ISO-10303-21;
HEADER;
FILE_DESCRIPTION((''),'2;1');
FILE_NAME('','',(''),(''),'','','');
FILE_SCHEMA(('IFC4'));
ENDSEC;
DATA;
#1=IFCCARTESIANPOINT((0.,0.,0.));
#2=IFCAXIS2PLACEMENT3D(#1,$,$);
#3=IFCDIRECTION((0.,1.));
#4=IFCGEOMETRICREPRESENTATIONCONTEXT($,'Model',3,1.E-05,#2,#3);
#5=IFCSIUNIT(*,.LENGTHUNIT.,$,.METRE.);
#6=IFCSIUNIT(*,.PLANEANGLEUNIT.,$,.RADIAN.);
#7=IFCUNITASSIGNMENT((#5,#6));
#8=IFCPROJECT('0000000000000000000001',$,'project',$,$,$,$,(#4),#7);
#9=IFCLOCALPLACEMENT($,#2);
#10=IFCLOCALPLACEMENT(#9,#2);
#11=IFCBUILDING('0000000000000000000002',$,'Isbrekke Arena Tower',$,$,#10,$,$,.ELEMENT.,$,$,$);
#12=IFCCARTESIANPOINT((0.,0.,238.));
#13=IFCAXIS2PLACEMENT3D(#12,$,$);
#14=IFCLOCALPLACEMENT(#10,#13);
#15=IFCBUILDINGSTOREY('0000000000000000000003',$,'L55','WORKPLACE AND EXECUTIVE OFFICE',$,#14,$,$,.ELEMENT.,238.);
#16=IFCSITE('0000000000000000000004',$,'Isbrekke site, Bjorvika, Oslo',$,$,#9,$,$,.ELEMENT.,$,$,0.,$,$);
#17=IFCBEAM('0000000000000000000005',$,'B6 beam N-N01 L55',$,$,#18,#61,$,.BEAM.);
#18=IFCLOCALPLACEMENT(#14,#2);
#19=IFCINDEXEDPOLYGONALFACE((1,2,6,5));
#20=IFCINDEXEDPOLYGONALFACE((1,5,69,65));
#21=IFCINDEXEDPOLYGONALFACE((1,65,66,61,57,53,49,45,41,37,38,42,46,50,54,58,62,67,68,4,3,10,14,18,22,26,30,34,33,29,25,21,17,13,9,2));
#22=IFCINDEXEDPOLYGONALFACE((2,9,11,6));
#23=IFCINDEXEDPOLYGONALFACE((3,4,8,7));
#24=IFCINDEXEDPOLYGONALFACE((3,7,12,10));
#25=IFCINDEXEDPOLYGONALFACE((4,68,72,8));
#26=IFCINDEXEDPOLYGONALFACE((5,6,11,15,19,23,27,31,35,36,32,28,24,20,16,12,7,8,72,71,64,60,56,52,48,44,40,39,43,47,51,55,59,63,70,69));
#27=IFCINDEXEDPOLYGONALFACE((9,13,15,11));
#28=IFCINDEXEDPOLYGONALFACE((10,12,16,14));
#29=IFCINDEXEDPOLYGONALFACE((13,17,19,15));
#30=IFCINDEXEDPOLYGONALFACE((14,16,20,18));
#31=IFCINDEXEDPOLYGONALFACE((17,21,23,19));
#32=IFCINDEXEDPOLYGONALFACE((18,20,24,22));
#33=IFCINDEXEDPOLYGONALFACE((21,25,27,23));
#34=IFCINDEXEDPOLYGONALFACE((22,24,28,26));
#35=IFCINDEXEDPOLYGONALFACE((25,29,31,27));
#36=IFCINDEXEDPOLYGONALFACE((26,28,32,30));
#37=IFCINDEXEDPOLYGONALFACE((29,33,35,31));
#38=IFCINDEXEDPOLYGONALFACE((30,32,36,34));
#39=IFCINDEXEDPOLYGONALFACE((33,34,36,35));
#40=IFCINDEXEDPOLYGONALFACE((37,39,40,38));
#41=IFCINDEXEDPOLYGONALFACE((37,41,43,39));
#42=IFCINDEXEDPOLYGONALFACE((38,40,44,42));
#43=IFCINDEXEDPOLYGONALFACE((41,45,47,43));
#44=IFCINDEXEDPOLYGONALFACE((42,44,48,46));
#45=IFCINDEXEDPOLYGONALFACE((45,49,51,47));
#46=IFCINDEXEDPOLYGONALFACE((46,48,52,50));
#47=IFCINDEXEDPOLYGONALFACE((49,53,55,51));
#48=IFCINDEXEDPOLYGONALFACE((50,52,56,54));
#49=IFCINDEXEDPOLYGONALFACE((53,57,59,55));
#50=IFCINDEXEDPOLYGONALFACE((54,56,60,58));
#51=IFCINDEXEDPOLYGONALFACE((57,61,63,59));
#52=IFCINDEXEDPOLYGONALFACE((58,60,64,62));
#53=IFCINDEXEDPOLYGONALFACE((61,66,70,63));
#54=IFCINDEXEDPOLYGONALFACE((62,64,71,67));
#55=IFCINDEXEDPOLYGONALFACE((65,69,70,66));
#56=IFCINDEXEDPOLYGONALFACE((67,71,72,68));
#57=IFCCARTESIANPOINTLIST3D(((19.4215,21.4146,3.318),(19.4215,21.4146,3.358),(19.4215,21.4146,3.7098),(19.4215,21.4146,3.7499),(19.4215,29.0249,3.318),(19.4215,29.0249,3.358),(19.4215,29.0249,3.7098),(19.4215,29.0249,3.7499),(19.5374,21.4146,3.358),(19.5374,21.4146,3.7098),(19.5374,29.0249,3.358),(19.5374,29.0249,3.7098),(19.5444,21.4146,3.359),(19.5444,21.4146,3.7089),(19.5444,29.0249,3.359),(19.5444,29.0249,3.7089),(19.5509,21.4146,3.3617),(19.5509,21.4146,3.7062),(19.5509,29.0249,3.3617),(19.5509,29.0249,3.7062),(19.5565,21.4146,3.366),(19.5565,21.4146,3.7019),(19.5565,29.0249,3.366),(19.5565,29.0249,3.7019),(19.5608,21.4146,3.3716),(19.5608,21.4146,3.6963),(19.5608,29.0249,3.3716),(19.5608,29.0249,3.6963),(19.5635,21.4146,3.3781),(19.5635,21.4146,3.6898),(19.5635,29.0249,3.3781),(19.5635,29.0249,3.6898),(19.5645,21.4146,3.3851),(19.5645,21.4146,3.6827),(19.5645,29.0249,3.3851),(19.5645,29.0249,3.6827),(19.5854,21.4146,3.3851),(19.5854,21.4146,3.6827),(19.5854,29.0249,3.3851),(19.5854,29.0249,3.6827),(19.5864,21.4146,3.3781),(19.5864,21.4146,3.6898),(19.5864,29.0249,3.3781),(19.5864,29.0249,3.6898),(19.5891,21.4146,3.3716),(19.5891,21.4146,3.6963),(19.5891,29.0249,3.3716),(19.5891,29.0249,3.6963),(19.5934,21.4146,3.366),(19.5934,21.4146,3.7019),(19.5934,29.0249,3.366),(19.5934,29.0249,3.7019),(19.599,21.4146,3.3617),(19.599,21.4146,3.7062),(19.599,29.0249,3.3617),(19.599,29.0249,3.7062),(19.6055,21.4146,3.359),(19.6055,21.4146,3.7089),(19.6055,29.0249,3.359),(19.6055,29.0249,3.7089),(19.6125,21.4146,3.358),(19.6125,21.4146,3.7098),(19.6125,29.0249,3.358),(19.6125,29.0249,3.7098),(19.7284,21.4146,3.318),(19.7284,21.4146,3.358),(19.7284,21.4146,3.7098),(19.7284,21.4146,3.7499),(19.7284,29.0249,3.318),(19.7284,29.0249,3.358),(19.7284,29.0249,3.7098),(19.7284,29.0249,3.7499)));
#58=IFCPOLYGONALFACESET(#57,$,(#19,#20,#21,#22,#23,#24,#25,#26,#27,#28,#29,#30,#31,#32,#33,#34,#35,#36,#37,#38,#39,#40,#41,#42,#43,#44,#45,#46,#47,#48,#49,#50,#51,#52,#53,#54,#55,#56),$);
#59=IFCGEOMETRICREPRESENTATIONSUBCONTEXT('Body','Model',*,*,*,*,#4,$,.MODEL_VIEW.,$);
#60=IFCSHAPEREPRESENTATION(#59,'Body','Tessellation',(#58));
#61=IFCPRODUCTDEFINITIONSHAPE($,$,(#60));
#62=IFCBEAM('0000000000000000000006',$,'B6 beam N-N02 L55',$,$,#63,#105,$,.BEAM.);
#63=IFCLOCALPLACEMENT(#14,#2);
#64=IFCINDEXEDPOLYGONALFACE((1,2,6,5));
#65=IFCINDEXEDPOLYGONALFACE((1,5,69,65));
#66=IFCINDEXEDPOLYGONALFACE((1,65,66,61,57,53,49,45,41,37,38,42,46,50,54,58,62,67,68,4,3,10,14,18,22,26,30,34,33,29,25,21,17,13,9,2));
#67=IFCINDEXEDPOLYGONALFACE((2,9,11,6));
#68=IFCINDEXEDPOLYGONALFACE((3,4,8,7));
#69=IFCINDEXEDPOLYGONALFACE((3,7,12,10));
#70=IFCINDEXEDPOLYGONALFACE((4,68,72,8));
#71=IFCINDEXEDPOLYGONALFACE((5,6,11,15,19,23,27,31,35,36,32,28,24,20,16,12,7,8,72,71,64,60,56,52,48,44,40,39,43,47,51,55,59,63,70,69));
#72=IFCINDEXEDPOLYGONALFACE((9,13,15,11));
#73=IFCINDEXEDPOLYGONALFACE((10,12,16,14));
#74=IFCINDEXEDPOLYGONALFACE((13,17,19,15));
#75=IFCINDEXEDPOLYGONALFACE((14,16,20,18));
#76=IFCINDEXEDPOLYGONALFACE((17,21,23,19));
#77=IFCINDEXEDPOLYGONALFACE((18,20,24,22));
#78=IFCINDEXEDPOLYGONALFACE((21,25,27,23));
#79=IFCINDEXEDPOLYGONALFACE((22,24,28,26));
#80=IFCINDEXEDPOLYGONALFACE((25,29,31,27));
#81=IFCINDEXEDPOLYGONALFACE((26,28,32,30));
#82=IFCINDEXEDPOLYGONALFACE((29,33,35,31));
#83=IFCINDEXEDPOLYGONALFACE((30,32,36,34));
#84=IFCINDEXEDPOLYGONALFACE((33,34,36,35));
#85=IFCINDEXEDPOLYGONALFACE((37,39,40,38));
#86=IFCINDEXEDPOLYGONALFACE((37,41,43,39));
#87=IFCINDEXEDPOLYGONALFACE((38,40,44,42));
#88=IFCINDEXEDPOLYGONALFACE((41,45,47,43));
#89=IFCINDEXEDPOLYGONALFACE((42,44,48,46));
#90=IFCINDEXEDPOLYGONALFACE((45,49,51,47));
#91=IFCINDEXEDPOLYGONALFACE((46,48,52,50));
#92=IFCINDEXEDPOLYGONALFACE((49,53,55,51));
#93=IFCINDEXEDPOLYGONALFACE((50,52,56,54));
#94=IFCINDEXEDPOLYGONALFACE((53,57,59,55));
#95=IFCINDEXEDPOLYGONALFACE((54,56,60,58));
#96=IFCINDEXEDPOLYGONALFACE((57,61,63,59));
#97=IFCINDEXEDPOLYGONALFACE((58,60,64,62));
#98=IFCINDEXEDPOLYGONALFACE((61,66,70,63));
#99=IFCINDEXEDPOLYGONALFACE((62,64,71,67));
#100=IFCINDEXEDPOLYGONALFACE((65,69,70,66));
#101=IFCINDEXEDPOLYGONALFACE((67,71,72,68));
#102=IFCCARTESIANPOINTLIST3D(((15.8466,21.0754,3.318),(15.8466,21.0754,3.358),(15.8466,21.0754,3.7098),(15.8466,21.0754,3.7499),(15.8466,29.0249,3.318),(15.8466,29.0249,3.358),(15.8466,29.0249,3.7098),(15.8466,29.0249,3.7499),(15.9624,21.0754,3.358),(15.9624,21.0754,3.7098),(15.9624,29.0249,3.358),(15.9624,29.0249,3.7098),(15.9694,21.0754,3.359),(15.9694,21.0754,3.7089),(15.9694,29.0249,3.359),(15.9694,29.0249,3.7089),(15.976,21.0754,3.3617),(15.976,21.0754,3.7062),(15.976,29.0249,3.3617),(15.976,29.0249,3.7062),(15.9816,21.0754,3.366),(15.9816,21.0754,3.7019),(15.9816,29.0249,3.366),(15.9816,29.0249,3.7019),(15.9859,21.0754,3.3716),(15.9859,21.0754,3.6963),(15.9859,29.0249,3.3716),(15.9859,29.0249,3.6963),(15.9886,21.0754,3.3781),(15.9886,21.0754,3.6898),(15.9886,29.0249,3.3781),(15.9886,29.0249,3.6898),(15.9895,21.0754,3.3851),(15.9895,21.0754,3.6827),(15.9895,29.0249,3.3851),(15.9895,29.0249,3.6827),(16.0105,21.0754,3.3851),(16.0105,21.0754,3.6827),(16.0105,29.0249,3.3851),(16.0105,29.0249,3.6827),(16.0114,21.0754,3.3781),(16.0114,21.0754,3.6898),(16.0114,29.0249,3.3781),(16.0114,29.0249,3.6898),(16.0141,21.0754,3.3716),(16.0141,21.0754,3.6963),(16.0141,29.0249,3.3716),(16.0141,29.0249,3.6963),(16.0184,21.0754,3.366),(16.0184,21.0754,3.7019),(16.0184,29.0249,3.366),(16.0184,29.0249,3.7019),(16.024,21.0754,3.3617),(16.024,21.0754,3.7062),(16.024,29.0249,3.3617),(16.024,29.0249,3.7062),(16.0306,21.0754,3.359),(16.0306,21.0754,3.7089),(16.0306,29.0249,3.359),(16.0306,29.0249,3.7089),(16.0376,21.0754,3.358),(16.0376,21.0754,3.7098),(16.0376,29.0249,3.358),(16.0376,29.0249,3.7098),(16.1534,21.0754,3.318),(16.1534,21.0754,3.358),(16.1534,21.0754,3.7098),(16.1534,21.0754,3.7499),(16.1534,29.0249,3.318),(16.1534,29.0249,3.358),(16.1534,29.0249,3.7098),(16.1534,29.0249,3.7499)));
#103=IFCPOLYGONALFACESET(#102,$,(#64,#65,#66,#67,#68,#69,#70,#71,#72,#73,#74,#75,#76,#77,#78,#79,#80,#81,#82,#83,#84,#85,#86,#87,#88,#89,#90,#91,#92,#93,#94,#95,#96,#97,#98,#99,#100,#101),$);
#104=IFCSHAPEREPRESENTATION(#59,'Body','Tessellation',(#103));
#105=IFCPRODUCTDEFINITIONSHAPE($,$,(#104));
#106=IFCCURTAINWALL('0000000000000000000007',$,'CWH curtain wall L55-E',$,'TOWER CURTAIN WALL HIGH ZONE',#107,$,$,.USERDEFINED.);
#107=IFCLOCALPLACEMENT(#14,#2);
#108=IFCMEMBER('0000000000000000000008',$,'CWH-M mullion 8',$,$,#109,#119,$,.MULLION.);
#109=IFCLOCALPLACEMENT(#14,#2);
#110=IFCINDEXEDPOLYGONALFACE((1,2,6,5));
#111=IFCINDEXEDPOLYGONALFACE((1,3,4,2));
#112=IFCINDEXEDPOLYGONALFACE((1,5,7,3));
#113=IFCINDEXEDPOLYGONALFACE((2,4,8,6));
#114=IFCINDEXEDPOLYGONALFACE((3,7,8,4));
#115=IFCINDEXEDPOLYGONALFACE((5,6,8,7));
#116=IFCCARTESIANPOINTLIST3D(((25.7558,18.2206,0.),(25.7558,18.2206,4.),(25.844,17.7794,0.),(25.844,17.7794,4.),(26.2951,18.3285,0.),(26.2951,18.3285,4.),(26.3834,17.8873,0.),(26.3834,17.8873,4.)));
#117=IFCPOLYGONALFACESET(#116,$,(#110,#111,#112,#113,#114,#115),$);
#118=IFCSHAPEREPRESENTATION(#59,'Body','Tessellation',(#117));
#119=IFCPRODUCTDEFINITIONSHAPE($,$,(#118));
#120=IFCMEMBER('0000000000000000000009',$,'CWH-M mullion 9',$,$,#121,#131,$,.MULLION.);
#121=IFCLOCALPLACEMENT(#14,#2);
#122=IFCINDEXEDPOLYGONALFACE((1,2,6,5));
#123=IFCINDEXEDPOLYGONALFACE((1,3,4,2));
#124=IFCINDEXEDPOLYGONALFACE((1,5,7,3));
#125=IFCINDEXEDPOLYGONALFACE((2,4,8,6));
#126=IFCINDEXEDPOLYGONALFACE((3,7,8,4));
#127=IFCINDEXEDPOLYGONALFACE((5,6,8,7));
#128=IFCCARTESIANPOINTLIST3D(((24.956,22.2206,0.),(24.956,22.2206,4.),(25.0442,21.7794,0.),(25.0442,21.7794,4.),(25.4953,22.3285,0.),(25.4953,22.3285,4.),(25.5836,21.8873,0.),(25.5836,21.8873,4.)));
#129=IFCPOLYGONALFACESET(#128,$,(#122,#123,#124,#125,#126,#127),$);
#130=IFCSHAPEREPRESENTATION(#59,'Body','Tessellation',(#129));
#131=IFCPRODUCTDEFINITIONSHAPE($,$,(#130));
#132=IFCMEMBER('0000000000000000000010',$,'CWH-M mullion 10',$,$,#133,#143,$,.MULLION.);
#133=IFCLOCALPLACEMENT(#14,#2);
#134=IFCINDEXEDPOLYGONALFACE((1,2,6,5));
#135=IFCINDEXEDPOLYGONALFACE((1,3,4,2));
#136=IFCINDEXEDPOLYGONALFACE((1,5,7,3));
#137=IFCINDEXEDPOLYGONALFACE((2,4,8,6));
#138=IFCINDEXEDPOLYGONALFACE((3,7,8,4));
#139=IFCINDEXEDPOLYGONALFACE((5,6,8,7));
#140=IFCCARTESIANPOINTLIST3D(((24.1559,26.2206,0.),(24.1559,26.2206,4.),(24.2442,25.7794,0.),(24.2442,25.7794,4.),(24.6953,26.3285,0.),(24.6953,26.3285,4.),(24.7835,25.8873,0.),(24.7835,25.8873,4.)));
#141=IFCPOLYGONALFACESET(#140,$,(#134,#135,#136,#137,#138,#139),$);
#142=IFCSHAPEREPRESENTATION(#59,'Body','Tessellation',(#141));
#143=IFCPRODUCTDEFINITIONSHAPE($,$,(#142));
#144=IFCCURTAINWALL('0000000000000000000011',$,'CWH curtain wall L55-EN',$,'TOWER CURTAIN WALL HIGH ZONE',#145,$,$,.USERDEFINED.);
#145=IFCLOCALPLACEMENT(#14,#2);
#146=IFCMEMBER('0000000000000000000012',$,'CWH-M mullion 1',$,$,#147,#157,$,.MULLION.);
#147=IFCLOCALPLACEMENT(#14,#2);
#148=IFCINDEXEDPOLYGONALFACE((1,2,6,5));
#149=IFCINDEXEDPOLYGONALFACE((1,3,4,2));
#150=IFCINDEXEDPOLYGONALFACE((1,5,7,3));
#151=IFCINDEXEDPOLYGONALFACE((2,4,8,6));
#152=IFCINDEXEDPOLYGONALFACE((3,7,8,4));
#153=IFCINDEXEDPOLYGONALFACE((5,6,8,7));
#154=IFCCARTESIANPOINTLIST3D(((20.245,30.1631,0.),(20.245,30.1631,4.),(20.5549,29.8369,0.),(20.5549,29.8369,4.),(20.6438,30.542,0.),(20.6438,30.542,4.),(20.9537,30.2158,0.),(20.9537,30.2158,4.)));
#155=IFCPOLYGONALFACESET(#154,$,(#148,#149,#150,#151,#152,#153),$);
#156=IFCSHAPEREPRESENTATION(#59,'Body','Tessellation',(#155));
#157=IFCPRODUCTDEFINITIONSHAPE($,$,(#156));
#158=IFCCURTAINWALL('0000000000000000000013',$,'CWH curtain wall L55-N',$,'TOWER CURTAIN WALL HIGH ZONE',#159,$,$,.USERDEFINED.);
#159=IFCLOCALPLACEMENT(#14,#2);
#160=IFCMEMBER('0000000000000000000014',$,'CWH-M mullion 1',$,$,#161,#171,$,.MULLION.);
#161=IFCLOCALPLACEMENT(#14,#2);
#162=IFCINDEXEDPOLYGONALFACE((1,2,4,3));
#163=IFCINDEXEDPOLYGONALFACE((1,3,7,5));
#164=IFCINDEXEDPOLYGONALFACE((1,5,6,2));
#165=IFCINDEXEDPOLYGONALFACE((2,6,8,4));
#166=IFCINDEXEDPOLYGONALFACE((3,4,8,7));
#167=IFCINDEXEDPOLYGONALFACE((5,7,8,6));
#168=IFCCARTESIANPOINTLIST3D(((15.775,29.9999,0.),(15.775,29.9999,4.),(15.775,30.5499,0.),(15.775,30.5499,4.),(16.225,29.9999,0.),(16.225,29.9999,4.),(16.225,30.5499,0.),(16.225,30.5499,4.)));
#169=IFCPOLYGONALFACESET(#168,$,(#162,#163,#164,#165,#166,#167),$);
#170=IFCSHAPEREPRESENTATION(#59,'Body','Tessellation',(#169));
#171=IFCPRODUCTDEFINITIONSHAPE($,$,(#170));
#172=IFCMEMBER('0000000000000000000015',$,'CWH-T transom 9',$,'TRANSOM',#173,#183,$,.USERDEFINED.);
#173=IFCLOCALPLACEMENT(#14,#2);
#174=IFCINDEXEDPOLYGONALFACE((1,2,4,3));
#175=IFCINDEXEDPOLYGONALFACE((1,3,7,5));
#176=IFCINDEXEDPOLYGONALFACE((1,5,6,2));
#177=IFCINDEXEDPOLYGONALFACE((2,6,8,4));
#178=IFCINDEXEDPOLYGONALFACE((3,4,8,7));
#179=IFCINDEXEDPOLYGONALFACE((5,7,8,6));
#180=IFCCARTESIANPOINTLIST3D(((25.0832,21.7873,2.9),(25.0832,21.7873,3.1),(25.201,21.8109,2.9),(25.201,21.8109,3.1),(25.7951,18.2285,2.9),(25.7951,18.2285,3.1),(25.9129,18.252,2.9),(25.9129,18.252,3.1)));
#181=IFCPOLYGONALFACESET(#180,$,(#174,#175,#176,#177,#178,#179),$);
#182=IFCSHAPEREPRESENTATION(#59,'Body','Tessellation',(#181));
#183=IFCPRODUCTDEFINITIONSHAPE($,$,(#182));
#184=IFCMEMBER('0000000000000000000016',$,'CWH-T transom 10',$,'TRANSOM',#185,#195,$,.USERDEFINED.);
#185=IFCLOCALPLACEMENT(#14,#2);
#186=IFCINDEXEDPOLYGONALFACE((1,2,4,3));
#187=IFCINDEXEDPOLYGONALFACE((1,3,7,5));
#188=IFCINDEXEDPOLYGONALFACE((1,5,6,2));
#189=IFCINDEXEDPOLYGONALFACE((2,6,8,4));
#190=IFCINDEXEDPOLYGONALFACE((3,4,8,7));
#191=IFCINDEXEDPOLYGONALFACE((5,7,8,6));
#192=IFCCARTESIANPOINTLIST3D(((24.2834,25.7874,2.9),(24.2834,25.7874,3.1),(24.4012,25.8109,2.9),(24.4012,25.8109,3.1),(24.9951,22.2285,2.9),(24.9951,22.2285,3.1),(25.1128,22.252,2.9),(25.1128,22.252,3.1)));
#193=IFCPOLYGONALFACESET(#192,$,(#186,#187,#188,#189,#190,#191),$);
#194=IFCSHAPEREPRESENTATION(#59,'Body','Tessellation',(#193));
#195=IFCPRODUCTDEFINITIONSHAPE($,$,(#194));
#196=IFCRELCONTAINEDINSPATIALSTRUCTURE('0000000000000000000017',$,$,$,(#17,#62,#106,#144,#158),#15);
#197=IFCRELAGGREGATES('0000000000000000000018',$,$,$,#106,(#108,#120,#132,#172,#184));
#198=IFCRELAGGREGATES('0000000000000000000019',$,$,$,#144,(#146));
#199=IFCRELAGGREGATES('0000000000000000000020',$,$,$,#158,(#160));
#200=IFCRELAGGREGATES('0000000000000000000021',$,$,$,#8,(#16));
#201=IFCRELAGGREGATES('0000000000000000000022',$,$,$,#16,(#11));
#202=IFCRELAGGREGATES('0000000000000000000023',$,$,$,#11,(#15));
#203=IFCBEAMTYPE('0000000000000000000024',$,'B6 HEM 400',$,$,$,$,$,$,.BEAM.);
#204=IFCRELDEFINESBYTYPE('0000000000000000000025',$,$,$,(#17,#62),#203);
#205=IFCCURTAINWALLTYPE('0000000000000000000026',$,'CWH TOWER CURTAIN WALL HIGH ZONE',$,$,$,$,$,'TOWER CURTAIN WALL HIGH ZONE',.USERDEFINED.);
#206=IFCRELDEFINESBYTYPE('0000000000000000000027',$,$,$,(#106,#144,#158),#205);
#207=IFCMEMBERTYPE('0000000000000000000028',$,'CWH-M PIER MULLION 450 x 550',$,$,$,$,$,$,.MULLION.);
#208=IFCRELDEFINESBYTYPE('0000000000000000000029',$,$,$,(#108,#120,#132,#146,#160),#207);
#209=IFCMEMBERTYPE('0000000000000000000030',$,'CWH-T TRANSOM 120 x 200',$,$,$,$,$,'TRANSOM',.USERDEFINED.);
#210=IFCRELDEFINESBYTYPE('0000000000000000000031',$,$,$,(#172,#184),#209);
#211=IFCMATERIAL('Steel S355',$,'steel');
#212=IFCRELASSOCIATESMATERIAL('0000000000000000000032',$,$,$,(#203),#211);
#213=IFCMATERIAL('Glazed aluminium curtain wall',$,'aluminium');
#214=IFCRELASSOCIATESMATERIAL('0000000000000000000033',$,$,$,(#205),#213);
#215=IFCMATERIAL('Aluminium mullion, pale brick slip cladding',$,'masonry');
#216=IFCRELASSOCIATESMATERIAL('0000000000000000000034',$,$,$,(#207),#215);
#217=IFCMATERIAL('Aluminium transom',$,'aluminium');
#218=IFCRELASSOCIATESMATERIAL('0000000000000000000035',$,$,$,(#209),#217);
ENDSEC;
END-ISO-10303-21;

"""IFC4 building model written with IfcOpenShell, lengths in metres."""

from ifc_helpers import new_model, si_unit, direction, frame, origin, origin_2d, place, context, subcontext, project, spatial, rectangle, i_section, extrude, material, material_profile, profile_set, type_object, element, aggregate, save


model = new_model("IFC4")

# Units and contexts
model_context = context("Model", 3, precision=1e-05, world=origin(), true_north=direction((0.0, 1.0)))
body_context = subcontext(model_context, "Body", "Model", "MODEL_VIEW")
ifc_project = project(units=[si_unit("LENGTHUNIT", "METRE"), si_unit("PLANEANGLEUNIT", "RADIAN")], contexts=[model_context])

# Site, building, storey
site_placement = place(None, origin())
site = spatial("IfcSite", under=ifc_project, at=site_placement, Name="Isbrekke site, Bjorvika, Oslo", CompositionType="ELEMENT", RefElevation=0.0)
building_placement = place(site_placement, origin())
building = spatial("IfcBuilding", under=site, at=building_placement, Name="Isbrekke Arena Tower", CompositionType="ELEMENT")
storey_placement = place(building_placement, frame((0.0, 0.0, 238.0)))
storey = spatial("IfcBuildingStorey", under=building, at=storey_placement, Name="L55", Description="WORKPLACE AND EXECUTIVE OFFICE", CompositionType="ELEMENT", Elevation=238.0)

# Beams
ifc_material_1 = material(Name="Steel S355", Category="steel")
ifc_material_profile_1 = material_profile(ifc_material_1, i_section(OverallWidth=0.3069, OverallDepth=0.4319, WebThickness=0.021, FlangeThickness=0.04, FilletRadius=0.0271, at=origin_2d()), Name="HEM 400")
ifc_profile_set_1 = profile_set([ifc_material_profile_1], Name="Steel S355")
beam_type_1 = type_object("IfcBeamType", Name="B6 HEM 400", PredefinedType="BEAM", material=ifc_profile_set_1)
beam_1_placement = place(storey_placement, frame((19.575, 29.0249, 3.5339), z_axis=(0.0, -1.0, 0.0), x_axis=(1.0, 0.0, 0.0)))
element("IfcBeam", 1, at=beam_1_placement, inside=storey, type_object=beam_type_1, Name="B6 beam N-N01 L55", PredefinedType="BEAM", context=body_context, shape_type="SweptSolid", body=[
    extrude(i_section(OverallWidth=0.3069, OverallDepth=0.4319, WebThickness=0.021, FlangeThickness=0.04, FilletRadius=0.0271, at=origin_2d()), origin(), (0.0, 0.0, 1.0), 7.6104),
])
beam_2_placement = place(storey_placement, frame((16.0, 29.0249, 3.5339), z_axis=(0.0, -1.0, 0.0), x_axis=(1.0, 0.0, 0.0)))
element("IfcBeam", 2, at=beam_2_placement, inside=storey, type_object=beam_type_1, Name="B6 beam N-N02 L55", PredefinedType="BEAM", context=body_context, shape_type="SweptSolid", body=[
    extrude(i_section(OverallWidth=0.3069, OverallDepth=0.4319, WebThickness=0.021, FlangeThickness=0.04, FilletRadius=0.0271, at=origin_2d()), origin(), (0.0, 0.0, 1.0), 7.9495),
])

# Curtain wall, members
ifc_material_2 = material(Name="Glazed aluminium curtain wall", Category="aluminium")
curtain_wall_type = type_object("IfcCurtainWallType", Name="CWH TOWER CURTAIN WALL HIGH ZONE", ElementType="TOWER CURTAIN WALL HIGH ZONE", PredefinedType="USERDEFINED", material=ifc_material_2)
curtain_wall_1_placement = place(storey_placement, origin())
curtain_wall_1 = element("IfcCurtainWall", 3, at=curtain_wall_1_placement, inside=storey, type_object=curtain_wall_type, Name="CWH curtain wall L55-E", ObjectType="TOWER CURTAIN WALL HIGH ZONE", PredefinedType="USERDEFINED")
ifc_material_3 = material(Name="Aluminium mullion, pale brick slip cladding", Category="masonry")
ifc_material_profile_2 = material_profile(ifc_material_3, rectangle(XDim=0.45, YDim=0.55, at=origin_2d()), Name="PIER 450X550")
ifc_profile_set_2 = profile_set([ifc_material_profile_2], Name="Aluminium mullion, pale brick slip cladding")
member_type_1 = type_object("IfcMemberType", Name="CWH-M PIER MULLION 450 x 550", PredefinedType="MULLION", material=ifc_profile_set_2)
member_1_placement = place(storey_placement, frame((26.0696, 18.054, 0.0), z_axis=(0.0, 0.0, 1.0), x_axis=(-0.196116, 0.980581, 0.0)))
member_1 = element("IfcMember", 4, at=member_1_placement, type_object=member_type_1, Name="CWH-M mullion 8", PredefinedType="MULLION", context=body_context, shape_type="SweptSolid", body=[
    extrude(rectangle(XDim=0.45, YDim=0.55, at=origin_2d()), origin(), (0.0, 0.0, 1.0), 4.0),
])
member_2_placement = place(storey_placement, frame((25.2698, 22.054, 0.0), z_axis=(0.0, 0.0, 1.0), x_axis=(-0.196116, 0.980581, 0.0)))
member_2 = element("IfcMember", 5, at=member_2_placement, type_object=member_type_1, Name="CWH-M mullion 9", PredefinedType="MULLION", context=body_context, shape_type="SweptSolid", body=[
    extrude(rectangle(XDim=0.45, YDim=0.55, at=origin_2d()), origin(), (0.0, 0.0, 1.0), 4.0),
])
member_3_placement = place(storey_placement, frame((24.4697, 26.054, 0.0), z_axis=(0.0, 0.0, 1.0), x_axis=(-0.196116, 0.980581, 0.0)))
member_3 = element("IfcMember", 6, at=member_3_placement, type_object=member_type_1, Name="CWH-M mullion 10", PredefinedType="MULLION", context=body_context, shape_type="SweptSolid", body=[
    extrude(rectangle(XDim=0.45, YDim=0.55, at=origin_2d()), origin(), (0.0, 0.0, 1.0), 4.0),
])

# Curtain walls, members
curtain_wall_2_placement = place(storey_placement, origin())
curtain_wall_2 = element("IfcCurtainWall", 7, at=curtain_wall_2_placement, inside=storey, type_object=curtain_wall_type, Name="CWH curtain wall L55-EN", ObjectType="TOWER CURTAIN WALL HIGH ZONE", PredefinedType="USERDEFINED")
member_4_placement = place(storey_placement, frame((20.5994, 30.1895, 0.0), z_axis=(0.0, 0.0, 1.0), x_axis=(-0.688749, 0.724999, 0.0)))
member_4 = element("IfcMember", 8, at=member_4_placement, type_object=member_type_1, Name="CWH-M mullion 1", PredefinedType="MULLION", context=body_context, shape_type="SweptSolid", body=[
    extrude(rectangle(XDim=0.45, YDim=0.55, at=origin_2d()), origin(), (0.0, 0.0, 1.0), 4.0),
])
curtain_wall_3_placement = place(storey_placement, origin())
curtain_wall_3 = element("IfcCurtainWall", 9, at=curtain_wall_3_placement, inside=storey, type_object=curtain_wall_type, Name="CWH curtain wall L55-N", ObjectType="TOWER CURTAIN WALL HIGH ZONE", PredefinedType="USERDEFINED")
member_5_placement = place(storey_placement, frame((16.0, 30.2749, 0.0), z_axis=(0.0, 0.0, 1.0), x_axis=(-1.0, 0.0, 0.0)))
member_5 = element("IfcMember", 10, at=member_5_placement, type_object=member_type_1, Name="CWH-M mullion 1", PredefinedType="MULLION", context=body_context, shape_type="SweptSolid", body=[
    extrude(rectangle(XDim=0.45, YDim=0.55, at=origin_2d()), origin(), (0.0, 0.0, 1.0), 4.0),
])

# Members
ifc_material_4 = material(Name="Aluminium transom", Category="aluminium")
ifc_material_profile_3 = material_profile(ifc_material_4, rectangle(XDim=0.1201, YDim=0.2, at=origin_2d()), Name="TRANSOM 120X200")
ifc_profile_set_3 = profile_set([ifc_material_profile_3], Name="Aluminium transom")
member_type_2 = type_object("IfcMemberType", Name="CWH-T TRANSOM 120 x 200", ElementType="TRANSOM", PredefinedType="USERDEFINED", material=ifc_profile_set_3)
member_6_placement = place(storey_placement, frame((25.854, 18.2402, 3.0), z_axis=(-0.196155, 0.980573, 0.0), x_axis=(-0.980573, -0.196155, 0.0)))
member_6 = element("IfcMember", 11, at=member_6_placement, type_object=member_type_2, Name="CWH-T transom 9", ObjectType="TRANSOM", PredefinedType="USERDEFINED", context=body_context, shape_type="SweptSolid", body=[
    extrude(rectangle(XDim=0.1201, YDim=0.2, at=origin_2d()), origin(), (0.0, 0.0, 1.0), 3.6294),
])
member_7_placement = place(storey_placement, frame((25.054, 22.2402, 3.0), z_axis=(-0.19609, 0.980586, 0.0), x_axis=(-0.980586, -0.19609, 0.0)))
member_7 = element("IfcMember", 12, at=member_7_placement, type_object=member_type_2, Name="CWH-T transom 10", ObjectType="TRANSOM", PredefinedType="USERDEFINED", context=body_context, shape_type="SweptSolid", body=[
    extrude(rectangle(XDim=0.1201, YDim=0.2, at=origin_2d()), origin(), (0.0, 0.0, 1.0), 3.6294),
])

aggregate(curtain_wall_1, [member_1, member_2, member_3, member_6, member_7])
aggregate(curtain_wall_2, [member_4])
aggregate(curtain_wall_3, [member_5])

save(model, "model.ifc")
